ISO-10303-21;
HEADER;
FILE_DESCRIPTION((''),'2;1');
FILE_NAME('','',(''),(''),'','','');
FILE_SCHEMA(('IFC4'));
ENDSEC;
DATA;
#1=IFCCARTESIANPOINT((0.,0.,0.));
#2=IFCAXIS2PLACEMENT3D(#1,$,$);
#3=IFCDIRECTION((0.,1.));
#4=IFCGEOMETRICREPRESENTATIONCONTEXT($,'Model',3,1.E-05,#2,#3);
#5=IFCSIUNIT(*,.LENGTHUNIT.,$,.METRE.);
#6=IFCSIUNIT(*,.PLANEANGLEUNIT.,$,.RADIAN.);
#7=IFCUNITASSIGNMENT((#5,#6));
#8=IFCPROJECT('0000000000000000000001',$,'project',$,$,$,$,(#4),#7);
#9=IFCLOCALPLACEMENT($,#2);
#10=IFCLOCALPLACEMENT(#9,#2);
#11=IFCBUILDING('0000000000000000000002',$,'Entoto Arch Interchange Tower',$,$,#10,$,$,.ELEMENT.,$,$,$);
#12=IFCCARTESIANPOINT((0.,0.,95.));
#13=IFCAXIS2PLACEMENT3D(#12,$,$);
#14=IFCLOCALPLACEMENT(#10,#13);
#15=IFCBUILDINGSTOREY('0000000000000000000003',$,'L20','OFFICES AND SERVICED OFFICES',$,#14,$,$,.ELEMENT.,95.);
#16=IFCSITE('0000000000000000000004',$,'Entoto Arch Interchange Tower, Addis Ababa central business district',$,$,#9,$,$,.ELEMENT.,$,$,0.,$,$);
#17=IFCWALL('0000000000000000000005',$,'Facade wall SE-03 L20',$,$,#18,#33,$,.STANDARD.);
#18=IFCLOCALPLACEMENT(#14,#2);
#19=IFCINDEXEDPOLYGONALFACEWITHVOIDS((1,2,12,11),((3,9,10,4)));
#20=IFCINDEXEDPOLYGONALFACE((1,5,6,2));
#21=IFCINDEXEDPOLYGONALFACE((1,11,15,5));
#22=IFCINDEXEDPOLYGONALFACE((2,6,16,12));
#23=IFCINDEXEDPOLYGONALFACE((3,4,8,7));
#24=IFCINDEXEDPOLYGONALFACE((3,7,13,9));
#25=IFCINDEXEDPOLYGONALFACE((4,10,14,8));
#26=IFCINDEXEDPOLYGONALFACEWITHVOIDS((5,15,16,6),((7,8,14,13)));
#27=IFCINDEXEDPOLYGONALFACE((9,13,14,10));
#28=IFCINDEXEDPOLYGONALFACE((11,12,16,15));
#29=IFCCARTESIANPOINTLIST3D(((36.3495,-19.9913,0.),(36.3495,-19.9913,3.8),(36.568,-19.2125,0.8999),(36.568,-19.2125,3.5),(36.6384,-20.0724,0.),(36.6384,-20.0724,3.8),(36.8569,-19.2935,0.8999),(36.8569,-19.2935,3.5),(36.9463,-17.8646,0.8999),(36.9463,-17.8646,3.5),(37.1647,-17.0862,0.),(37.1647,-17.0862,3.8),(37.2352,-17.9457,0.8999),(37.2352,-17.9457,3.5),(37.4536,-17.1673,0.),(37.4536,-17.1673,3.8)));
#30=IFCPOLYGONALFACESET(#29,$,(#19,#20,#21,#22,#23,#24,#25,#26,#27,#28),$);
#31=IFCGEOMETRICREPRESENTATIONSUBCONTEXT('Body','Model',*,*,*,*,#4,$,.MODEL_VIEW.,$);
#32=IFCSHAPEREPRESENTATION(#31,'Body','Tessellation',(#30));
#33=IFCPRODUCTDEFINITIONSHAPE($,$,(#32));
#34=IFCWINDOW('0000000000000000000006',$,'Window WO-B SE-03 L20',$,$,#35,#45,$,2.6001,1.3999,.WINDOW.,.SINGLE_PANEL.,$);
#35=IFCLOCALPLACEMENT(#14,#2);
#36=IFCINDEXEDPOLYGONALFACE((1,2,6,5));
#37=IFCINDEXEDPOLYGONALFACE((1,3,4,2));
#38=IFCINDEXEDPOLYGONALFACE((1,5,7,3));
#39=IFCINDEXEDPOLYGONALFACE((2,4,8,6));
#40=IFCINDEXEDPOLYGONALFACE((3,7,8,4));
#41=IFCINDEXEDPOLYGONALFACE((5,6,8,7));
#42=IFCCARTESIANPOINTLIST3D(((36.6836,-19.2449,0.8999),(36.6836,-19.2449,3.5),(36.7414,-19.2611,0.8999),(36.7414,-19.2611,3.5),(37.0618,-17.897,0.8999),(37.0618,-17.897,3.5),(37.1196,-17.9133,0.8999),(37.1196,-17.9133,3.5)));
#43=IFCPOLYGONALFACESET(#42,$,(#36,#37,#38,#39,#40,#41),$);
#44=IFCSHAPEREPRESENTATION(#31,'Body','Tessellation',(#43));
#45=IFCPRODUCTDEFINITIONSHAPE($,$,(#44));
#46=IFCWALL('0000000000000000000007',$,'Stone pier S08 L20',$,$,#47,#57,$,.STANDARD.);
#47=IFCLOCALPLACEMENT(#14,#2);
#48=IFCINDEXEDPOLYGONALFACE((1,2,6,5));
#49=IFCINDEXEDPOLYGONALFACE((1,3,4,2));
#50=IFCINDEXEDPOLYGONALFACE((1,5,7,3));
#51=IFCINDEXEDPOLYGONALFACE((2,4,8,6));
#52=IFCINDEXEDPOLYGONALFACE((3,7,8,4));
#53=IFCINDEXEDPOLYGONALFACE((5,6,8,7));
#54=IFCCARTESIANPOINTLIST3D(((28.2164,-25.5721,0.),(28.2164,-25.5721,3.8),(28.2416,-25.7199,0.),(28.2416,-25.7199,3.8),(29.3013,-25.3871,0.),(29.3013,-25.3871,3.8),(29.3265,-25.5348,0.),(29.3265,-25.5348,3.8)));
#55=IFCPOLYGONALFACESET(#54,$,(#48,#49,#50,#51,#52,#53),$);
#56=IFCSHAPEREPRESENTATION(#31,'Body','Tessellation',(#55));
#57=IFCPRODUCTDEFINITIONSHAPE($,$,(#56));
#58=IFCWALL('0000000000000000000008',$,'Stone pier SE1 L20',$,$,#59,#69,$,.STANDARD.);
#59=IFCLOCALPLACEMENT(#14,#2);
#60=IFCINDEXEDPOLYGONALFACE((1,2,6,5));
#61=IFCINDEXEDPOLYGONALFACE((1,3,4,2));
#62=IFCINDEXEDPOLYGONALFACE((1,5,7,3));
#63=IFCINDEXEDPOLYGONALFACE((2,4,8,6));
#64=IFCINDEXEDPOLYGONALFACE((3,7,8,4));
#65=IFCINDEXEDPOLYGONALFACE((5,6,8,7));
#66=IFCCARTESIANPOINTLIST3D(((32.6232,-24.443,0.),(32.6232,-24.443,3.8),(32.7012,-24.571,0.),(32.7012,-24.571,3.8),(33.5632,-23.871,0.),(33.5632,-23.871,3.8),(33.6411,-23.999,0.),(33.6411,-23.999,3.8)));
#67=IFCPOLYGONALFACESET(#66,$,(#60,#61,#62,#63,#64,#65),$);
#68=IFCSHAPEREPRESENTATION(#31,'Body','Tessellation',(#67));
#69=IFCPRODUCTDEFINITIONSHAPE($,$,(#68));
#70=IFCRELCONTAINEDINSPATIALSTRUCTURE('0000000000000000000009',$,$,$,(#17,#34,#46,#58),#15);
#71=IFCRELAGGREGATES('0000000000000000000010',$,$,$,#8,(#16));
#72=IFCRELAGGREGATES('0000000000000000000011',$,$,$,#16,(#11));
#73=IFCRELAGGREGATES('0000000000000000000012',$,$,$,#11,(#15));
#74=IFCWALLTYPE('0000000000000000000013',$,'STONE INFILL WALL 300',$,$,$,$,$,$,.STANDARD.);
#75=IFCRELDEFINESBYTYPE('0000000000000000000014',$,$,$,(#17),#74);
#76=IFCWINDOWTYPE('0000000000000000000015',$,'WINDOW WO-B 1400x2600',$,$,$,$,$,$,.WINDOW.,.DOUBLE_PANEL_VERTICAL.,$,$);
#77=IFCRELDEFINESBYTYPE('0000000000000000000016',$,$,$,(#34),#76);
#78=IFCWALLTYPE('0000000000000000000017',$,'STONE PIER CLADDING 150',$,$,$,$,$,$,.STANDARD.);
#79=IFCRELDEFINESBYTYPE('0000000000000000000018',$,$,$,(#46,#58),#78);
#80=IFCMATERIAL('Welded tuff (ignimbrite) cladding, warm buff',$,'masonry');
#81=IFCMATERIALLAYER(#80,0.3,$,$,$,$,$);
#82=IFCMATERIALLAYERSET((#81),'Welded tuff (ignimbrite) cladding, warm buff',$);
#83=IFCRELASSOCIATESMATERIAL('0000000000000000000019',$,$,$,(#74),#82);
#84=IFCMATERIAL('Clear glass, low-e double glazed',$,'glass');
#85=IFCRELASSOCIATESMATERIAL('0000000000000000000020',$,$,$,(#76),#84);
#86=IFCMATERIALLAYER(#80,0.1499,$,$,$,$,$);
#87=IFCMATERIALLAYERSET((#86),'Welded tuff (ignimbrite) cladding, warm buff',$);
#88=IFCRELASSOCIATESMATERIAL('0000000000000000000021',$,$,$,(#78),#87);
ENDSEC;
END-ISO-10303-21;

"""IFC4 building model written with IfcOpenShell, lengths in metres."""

from ifc_helpers import new_model, si_unit, direction, frame, frame_2d, origin, place, context, subcontext, project, spatial, rectangle, extrude, material, layer, layer_set, type_object, element, fill, save


model = new_model("IFC4")

# Units and contexts
model_context = context("Model", 3, precision=1e-05, world=origin(), true_north=direction((0.0, 1.0)))
body_context = subcontext(model_context, "Body", "Model", "MODEL_VIEW")
ifc_project = project(units=[si_unit("LENGTHUNIT", "METRE"), si_unit("PLANEANGLEUNIT", "RADIAN")], contexts=[model_context])

# Site, building, storey
site_placement = place(None, origin())
site = spatial("IfcSite", under=ifc_project, at=site_placement, Name="Entoto Arch Interchange Tower, Addis Ababa central business district", CompositionType="ELEMENT", RefElevation=0.0)
building_placement = place(site_placement, origin())
building = spatial("IfcBuilding", under=site, at=building_placement, Name="Entoto Arch Interchange Tower", CompositionType="ELEMENT")
storey_placement = place(building_placement, frame((0.0, 0.0, 95.0)))
storey = spatial("IfcBuildingStorey", under=building, at=storey_placement, Name="L20", Description="OFFICES AND SERVICED OFFICES", CompositionType="ELEMENT", Elevation=95.0)

# Wall, opening, window
ifc_material_1 = material(Name="Welded tuff (ignimbrite) cladding, warm buff", Category="masonry")
ifc_layer_1 = layer(ifc_material_1, 0.3)
ifc_layer_set_1 = layer_set([ifc_layer_1], Name="Welded tuff (ignimbrite) cladding, warm buff")
wall_type_1 = type_object("IfcWallType", Name="STONE INFILL WALL 300", PredefinedType="STANDARD", material=ifc_layer_set_1)
ifc_material_2 = material(Name="Clear glass, low-e double glazed", Category="glass")
window_type = type_object("IfcWindowType", Name="WINDOW WO-B 1400x2600", PartitioningType="DOUBLE_PANEL_VERTICAL", PredefinedType="WINDOW", material=ifc_material_2)
wall_1_placement = place(storey_placement, frame((36.4939, -20.032, 0.0), z_axis=(0.0, 0.0, 1.0), x_axis=(0.270176, 0.962811, 0.0)))
wall_1 = element("IfcWall", 1, at=wall_1_placement, inside=storey, type_object=wall_type_1, Name="Facade wall SE-03 L20", PredefinedType="STANDARD", context=body_context, shape_type="SweptSolid", body=[
    extrude(rectangle(XDim=3.0173, YDim=0.3, at=frame_2d((1.5088, 0.0))), origin(), (0.0, 0.0, 1.0), 3.8),
])
opening_1_placement = place(wall_1_placement, frame((0.8091, 0.0, 0.8999)))
opening_1 = element("IfcOpeningElement", 2, at=opening_1_placement, cuts=wall_1, PredefinedType="OPENING", context=body_context, shape_type="SweptSolid", body=[
    extrude(rectangle(XDim=1.3999, YDim=2.6001, at=frame_2d((0.7, 1.3))), frame((0.0, 0.1602, 0.0), z_axis=(0.0, -1.0, 0.0), x_axis=(1.0, 0.0, 0.0)), (0.0, 0.0, 1.0), 0.3201),
])
window_1_placement = place(opening_1_placement, origin())
window_1 = element("IfcWindow", 3, at=window_1_placement, inside=storey, type_object=window_type, Name="Window WO-B SE-03 L20", OverallHeight=2.6001, OverallWidth=1.3999, PartitioningType="SINGLE_PANEL", PredefinedType="WINDOW", context=body_context, shape_type="SweptSolid", body=[
    extrude(rectangle(XDim=1.3999, YDim=2.6001, at=frame_2d((0.7, 1.3))), frame((0.0, 0.03, 0.0), z_axis=(0.0, -1.0, 0.0), x_axis=(1.0, 0.0, 0.0)), (0.0, 0.0, 1.0), 0.0601),
])
fill(opening_1, window_1)

# Walls
ifc_layer_2 = layer(ifc_material_1, 0.1499)
ifc_layer_set_2 = layer_set([ifc_layer_2], Name="Welded tuff (ignimbrite) cladding, warm buff")
wall_type_2 = type_object("IfcWallType", Name="STONE PIER CLADDING 150", PredefinedType="STANDARD", material=ifc_layer_set_2)
wall_2_placement = place(storey_placement, frame((28.229, -25.646, 0.0), z_axis=(0.0, 0.0, 1.0), x_axis=(0.985763, 0.168139, 0.0)))
element("IfcWall", 4, at=wall_2_placement, inside=storey, type_object=wall_type_2, Name="Stone pier S08 L20", PredefinedType="STANDARD", context=body_context, shape_type="SweptSolid", body=[
    extrude(rectangle(XDim=1.1006, YDim=0.1499, at=frame_2d((0.5503, 0.0))), origin(), (0.0, 0.0, 1.0), 3.8),
])
wall_3_placement = place(storey_placement, frame((32.6621, -24.5071, 0.0), z_axis=(0.0, 0.0, 1.0), x_axis=(0.854246, 0.51987, 0.0)))
element("IfcWall", 5, at=wall_3_placement, inside=storey, type_object=wall_type_2, Name="Stone pier SE1 L20", PredefinedType="STANDARD", context=body_context, shape_type="SweptSolid", body=[
    extrude(rectangle(XDim=1.1003, YDim=0.1499, at=frame_2d((0.5503, 0.0))), origin(), (0.0, 0.0, 1.0), 3.8),
])

save(model, "model.ifc")
